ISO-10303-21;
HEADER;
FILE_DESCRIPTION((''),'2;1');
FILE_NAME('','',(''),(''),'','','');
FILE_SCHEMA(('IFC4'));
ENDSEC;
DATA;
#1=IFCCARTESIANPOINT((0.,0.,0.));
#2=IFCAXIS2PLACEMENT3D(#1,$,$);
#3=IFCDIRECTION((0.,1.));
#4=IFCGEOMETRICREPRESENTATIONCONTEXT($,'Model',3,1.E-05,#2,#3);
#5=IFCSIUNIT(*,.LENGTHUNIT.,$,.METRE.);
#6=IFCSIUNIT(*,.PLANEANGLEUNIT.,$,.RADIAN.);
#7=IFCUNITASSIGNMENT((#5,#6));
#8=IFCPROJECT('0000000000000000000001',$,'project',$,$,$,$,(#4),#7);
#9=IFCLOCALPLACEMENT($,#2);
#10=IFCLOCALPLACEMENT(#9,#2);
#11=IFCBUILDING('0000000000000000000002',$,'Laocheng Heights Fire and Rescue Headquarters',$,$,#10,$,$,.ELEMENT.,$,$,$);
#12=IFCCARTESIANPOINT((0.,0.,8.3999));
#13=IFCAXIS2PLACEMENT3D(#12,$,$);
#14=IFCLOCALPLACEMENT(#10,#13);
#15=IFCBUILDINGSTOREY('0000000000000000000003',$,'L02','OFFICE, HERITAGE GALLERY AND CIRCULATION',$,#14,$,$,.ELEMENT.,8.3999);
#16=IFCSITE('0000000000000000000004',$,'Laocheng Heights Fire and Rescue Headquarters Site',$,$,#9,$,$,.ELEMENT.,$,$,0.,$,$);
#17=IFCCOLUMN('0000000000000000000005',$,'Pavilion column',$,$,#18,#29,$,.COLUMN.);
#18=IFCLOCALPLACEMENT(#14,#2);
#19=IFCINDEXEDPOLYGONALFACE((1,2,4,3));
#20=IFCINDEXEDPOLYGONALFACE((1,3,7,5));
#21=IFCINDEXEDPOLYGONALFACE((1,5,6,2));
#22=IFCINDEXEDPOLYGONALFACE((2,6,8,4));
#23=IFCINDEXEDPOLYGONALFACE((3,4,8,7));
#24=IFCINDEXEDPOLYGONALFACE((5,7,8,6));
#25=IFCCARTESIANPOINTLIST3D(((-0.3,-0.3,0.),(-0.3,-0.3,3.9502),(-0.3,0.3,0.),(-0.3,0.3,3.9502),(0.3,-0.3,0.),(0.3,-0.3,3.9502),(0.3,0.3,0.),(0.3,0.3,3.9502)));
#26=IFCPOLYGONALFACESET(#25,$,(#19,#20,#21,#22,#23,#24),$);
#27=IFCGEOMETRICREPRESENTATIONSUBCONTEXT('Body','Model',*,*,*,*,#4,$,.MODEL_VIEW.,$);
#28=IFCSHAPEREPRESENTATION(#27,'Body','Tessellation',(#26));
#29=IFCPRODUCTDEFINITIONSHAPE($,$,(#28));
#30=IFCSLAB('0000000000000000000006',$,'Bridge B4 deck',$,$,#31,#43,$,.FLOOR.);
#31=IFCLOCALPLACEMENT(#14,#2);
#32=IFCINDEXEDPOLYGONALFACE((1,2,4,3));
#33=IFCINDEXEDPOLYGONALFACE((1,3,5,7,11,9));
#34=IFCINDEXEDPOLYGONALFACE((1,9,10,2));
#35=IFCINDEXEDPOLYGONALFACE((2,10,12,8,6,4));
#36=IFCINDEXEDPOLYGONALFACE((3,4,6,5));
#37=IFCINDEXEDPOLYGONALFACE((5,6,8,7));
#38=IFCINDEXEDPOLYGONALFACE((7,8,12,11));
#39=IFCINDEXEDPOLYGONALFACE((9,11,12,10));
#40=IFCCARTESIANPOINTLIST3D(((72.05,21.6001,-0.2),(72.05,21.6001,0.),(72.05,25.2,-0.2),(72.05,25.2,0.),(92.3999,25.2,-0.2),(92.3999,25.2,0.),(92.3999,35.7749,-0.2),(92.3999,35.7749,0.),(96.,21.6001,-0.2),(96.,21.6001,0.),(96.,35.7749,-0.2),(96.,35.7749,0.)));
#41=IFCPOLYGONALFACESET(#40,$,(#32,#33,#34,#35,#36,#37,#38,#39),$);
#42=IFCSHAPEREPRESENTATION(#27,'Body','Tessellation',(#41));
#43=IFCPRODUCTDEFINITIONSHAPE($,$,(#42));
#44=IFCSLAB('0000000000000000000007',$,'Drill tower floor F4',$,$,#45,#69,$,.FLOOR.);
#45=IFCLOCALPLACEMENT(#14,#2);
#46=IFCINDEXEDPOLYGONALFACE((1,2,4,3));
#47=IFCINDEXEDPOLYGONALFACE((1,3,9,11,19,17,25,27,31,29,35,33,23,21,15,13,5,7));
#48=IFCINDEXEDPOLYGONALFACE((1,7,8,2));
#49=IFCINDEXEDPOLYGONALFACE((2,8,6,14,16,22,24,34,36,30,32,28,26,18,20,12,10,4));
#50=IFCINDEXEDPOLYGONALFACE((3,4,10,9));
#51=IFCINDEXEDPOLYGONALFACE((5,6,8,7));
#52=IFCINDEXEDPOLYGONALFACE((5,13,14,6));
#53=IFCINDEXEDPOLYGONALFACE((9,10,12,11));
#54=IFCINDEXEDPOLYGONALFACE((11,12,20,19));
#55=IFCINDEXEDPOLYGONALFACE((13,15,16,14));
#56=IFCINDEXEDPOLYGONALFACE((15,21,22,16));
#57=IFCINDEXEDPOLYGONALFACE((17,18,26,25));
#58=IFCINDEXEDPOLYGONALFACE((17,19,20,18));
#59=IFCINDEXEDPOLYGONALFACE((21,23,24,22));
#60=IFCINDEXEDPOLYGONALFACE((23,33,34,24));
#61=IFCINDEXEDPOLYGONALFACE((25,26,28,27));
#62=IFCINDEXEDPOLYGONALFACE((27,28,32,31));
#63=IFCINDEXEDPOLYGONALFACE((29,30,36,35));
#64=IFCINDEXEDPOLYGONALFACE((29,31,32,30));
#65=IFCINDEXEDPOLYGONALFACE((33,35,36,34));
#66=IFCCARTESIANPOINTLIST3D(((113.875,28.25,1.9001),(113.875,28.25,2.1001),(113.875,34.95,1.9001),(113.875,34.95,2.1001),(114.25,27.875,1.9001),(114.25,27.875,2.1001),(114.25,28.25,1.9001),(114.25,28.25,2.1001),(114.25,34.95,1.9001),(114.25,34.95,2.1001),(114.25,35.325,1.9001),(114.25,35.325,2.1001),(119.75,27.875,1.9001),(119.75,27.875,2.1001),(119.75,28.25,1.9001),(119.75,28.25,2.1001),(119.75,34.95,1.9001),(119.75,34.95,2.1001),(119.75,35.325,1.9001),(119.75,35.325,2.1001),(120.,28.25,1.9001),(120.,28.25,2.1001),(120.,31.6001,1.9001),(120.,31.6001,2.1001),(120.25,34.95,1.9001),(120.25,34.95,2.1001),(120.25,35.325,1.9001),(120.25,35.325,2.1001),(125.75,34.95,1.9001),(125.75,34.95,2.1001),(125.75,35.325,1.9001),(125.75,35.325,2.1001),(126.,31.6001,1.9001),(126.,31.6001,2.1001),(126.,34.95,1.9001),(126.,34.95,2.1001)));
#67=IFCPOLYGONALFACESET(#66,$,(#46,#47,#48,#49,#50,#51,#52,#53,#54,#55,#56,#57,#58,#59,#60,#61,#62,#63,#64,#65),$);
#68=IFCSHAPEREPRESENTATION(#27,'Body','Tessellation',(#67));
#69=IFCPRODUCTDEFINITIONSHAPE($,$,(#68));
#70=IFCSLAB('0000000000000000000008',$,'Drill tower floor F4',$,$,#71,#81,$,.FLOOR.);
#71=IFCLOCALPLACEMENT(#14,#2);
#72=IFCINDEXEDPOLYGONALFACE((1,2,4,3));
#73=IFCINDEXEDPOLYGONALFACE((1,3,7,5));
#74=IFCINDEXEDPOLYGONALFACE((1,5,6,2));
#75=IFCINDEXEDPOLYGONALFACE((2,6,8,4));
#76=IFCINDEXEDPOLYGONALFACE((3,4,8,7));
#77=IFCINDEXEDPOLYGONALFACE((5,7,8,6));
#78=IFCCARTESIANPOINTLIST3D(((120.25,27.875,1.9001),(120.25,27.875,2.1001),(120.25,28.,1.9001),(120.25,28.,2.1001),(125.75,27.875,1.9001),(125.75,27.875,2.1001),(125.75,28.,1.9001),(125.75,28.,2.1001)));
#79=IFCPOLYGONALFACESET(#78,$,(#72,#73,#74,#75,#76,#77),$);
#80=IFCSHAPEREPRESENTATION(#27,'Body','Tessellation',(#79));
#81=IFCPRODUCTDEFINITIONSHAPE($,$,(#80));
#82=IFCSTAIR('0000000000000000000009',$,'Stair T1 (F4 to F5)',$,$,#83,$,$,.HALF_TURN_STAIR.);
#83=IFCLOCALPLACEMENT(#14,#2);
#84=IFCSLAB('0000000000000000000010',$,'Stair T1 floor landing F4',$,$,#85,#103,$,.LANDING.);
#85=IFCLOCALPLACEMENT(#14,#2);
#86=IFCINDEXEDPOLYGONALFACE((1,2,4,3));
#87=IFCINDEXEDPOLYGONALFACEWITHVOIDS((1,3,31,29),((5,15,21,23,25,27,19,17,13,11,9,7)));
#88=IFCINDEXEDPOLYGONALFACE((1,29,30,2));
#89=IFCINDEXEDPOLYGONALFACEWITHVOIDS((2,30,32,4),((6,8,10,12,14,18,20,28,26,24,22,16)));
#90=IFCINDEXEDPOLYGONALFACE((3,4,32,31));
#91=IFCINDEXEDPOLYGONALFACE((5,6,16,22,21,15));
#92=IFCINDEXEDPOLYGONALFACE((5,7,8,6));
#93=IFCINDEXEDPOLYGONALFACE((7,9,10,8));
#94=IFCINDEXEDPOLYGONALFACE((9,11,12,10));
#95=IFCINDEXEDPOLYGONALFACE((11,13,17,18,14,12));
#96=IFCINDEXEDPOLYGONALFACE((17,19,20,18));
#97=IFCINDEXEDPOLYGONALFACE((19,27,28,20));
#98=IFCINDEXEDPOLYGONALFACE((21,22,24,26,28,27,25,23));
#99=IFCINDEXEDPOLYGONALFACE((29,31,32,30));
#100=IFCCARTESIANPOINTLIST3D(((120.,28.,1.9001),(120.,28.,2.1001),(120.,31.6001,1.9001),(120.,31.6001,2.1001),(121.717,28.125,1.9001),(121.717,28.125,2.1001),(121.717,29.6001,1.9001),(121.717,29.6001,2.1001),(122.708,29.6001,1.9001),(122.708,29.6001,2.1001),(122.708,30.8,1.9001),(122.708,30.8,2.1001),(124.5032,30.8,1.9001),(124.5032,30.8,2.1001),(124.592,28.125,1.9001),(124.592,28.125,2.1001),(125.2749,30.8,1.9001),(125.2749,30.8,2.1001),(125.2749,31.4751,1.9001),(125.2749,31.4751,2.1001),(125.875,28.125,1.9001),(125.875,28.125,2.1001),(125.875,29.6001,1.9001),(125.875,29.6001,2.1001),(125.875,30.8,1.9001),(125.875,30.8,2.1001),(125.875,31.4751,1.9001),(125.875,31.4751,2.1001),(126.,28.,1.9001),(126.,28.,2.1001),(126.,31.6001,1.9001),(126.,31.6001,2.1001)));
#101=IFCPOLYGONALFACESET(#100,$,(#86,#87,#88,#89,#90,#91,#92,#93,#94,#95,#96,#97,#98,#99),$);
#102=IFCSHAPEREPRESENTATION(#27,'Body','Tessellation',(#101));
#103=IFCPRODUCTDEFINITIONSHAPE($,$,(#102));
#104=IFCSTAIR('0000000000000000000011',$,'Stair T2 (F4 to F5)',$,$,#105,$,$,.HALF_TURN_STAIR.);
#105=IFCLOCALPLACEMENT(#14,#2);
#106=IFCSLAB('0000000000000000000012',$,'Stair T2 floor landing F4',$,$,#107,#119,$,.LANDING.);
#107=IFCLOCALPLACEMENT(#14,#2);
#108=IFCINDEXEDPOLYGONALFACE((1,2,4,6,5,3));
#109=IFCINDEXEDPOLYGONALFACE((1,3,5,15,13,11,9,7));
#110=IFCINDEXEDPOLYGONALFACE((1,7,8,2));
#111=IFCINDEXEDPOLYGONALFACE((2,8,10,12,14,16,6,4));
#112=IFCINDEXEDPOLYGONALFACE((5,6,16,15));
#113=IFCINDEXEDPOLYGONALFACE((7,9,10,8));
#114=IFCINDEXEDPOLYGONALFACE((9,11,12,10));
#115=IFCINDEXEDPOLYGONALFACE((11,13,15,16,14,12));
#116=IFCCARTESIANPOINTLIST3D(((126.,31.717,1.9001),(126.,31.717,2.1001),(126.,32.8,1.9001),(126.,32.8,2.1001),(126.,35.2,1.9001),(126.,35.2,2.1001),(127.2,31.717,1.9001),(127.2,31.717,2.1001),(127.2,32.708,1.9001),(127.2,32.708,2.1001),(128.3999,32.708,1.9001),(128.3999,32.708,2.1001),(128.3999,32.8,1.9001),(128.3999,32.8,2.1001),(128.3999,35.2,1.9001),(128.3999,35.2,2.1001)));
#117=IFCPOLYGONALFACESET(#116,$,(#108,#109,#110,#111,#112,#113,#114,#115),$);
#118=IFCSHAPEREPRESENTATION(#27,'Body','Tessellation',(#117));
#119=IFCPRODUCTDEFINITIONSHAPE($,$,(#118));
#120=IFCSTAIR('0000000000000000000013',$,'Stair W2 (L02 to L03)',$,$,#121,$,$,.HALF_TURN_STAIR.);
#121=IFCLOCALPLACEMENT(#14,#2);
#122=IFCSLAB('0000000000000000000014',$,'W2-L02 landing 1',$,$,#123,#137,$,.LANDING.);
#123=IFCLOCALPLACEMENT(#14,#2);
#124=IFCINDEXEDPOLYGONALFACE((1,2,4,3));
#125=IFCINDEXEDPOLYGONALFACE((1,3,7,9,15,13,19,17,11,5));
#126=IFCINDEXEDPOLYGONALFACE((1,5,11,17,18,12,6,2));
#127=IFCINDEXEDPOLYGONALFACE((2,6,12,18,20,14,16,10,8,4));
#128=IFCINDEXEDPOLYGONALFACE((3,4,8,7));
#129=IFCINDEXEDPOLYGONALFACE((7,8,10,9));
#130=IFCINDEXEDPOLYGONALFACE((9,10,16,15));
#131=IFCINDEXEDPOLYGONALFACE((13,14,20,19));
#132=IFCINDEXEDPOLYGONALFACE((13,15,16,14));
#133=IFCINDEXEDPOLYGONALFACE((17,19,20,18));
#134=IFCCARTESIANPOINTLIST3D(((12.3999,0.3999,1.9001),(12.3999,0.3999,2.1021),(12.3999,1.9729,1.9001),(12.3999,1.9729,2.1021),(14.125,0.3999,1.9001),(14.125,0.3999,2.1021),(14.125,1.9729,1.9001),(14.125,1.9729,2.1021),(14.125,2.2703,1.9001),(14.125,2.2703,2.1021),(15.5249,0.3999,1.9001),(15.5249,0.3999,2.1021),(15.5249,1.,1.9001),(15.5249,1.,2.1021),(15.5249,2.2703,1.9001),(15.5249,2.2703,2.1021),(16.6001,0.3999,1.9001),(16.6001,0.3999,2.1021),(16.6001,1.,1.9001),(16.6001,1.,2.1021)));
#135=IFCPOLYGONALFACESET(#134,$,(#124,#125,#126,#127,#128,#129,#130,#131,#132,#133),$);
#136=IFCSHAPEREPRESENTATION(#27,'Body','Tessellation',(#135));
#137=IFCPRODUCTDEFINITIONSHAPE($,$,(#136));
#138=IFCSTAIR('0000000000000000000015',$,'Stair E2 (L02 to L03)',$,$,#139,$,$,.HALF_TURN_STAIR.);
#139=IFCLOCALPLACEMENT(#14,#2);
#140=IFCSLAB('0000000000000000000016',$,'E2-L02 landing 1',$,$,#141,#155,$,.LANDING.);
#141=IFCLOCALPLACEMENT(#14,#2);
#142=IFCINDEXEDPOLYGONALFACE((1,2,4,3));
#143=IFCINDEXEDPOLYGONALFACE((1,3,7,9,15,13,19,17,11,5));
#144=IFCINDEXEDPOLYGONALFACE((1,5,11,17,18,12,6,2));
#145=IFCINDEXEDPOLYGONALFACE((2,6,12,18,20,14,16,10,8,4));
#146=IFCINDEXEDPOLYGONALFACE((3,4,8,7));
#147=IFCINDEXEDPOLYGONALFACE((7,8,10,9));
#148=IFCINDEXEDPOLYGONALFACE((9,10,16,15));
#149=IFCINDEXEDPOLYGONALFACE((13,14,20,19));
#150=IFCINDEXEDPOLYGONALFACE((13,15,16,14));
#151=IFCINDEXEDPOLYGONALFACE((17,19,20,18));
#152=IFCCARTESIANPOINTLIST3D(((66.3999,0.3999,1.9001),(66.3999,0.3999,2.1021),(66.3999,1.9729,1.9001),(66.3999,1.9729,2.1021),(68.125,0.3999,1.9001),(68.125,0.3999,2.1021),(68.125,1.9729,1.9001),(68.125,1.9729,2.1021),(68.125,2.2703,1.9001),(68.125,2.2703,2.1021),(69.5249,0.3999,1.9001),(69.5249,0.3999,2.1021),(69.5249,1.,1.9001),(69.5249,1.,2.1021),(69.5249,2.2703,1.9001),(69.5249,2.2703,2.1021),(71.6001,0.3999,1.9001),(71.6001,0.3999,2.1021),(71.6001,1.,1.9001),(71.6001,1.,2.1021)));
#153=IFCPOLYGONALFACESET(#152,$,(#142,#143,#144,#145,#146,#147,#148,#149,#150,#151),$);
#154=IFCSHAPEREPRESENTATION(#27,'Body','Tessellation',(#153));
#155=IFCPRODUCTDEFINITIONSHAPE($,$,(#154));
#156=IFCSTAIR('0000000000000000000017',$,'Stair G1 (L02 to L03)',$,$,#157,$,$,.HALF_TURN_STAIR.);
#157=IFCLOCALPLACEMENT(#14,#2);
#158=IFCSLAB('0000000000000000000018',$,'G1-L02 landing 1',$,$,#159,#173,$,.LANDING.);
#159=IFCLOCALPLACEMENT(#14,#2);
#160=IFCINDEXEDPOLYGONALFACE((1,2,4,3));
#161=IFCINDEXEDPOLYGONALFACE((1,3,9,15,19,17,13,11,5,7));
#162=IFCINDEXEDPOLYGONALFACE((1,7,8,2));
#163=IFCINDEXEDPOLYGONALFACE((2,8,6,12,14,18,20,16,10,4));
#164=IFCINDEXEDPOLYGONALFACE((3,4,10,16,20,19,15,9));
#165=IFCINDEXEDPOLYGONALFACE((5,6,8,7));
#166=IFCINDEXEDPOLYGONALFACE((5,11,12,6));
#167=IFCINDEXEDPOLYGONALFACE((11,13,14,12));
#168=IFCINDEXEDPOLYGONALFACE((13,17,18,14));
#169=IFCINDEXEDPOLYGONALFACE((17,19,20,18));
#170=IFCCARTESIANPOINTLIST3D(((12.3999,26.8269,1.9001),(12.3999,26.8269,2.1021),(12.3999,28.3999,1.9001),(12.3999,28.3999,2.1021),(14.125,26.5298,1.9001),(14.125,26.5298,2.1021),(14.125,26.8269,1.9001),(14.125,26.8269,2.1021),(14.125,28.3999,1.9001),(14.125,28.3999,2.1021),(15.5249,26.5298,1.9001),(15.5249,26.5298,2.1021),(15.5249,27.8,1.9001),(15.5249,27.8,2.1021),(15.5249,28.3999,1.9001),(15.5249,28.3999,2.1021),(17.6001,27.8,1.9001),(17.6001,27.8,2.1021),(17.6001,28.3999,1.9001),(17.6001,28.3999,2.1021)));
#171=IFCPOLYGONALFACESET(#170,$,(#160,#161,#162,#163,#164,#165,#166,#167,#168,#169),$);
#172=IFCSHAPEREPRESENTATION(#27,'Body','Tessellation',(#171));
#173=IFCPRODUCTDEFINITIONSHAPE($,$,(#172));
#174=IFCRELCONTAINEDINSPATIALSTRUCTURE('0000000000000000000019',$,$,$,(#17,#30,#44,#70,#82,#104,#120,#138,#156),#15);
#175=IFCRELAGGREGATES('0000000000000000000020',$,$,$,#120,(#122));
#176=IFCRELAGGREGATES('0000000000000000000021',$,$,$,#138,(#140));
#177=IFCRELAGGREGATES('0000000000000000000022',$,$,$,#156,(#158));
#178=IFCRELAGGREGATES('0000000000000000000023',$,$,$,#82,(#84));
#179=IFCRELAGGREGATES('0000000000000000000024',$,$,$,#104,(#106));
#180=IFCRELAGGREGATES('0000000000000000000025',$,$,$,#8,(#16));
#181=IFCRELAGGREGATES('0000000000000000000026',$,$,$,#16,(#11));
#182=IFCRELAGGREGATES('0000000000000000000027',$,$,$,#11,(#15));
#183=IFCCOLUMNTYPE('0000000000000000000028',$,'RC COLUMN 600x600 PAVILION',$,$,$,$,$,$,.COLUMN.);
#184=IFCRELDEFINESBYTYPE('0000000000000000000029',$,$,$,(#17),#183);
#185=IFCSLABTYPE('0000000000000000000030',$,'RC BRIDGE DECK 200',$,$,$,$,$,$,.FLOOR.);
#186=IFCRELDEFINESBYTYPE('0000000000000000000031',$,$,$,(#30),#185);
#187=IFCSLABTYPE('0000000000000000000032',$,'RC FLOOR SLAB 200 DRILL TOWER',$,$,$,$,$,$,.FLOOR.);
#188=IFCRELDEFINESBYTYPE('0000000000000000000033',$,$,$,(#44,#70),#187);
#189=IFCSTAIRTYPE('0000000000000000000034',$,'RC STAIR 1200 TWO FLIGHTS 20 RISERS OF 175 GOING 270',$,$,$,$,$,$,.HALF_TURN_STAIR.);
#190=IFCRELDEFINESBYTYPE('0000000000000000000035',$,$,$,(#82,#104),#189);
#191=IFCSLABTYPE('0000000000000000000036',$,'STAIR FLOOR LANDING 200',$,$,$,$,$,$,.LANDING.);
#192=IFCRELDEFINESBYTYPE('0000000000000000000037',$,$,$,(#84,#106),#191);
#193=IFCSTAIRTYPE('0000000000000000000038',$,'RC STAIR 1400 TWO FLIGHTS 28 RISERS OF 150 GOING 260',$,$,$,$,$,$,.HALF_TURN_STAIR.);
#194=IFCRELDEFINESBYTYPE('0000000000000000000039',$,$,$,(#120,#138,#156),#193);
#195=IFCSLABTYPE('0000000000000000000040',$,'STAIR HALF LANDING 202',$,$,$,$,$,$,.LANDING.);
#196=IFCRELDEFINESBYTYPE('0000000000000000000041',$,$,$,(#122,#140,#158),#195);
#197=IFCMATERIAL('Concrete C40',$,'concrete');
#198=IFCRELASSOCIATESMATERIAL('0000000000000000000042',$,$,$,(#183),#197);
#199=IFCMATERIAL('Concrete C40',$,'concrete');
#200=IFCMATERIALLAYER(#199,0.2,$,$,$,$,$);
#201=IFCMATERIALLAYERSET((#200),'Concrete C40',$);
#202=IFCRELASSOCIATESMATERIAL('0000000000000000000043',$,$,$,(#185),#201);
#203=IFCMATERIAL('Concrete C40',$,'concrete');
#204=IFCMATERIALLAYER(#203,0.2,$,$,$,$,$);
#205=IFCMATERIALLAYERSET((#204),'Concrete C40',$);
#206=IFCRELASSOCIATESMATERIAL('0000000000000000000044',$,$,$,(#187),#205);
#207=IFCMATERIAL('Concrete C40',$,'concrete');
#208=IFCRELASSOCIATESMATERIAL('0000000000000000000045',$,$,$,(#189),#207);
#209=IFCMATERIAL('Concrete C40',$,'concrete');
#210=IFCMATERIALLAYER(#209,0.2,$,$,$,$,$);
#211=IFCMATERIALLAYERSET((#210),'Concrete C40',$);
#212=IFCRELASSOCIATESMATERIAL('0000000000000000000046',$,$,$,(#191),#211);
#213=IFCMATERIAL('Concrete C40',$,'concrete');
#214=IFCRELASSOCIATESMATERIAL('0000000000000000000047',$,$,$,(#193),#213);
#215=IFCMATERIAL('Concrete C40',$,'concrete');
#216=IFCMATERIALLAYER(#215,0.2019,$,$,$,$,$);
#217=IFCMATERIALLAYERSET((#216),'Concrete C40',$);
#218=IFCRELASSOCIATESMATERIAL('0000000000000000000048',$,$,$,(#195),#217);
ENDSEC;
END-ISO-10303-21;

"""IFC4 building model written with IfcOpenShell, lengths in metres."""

from ifc_helpers import new_model, si_unit, direction, frame, origin, origin_with_axes, origin_2d, place, context, subcontext, project, spatial, polyline, rectangle, outline, extrude, material, layer, layer_set, material_profile, profile_set, type_object, element, aggregate, save


model = new_model("IFC4")

# Units and contexts
model_context = context("Model", 3, precision=1e-05, world=origin(), true_north=direction((0.0, 1.0)))
body_context = subcontext(model_context, "Body", "Model", "MODEL_VIEW")
ifc_project = project(units=[si_unit("LENGTHUNIT", "METRE"), si_unit("PLANEANGLEUNIT", "RADIAN")], contexts=[model_context])

# Site, building, storey
site_placement = place(None, origin())
site = spatial("IfcSite", under=ifc_project, at=site_placement, Name="Laocheng Heights Fire and Rescue Headquarters Site", CompositionType="ELEMENT", RefElevation=0.0)
building_placement = place(site_placement, origin())
building = spatial("IfcBuilding", under=site, at=building_placement, Name="Laocheng Heights Fire and Rescue Headquarters", CompositionType="ELEMENT")
storey_placement = place(building_placement, frame((0.0, 0.0, 8.3999)))
storey = spatial("IfcBuildingStorey", under=building, at=storey_placement, Name="L02", Description="OFFICE, HERITAGE GALLERY AND CIRCULATION", CompositionType="ELEMENT", Elevation=8.3999)

# Column
ifc_material_1 = material(Name="Concrete C40", Category="concrete")
ifc_material_profile = material_profile(ifc_material_1, rectangle(XDim=0.6001, YDim=0.6001, at=origin_2d()), Name="RC COLUMN 600x600 PAVILION")
ifc_profile_set = profile_set([ifc_material_profile], Name="Concrete C40")
column_type = type_object("IfcColumnType", Name="RC COLUMN 600x600 PAVILION", PredefinedType="COLUMN", material=ifc_profile_set)
column_placement = place(storey_placement, origin_with_axes())
element("IfcColumn", 1, at=column_placement, inside=storey, type_object=column_type, Name="Pavilion column", PredefinedType="COLUMN", context=body_context, shape_type="SweptSolid", body=[
    extrude(rectangle(XDim=0.6001, YDim=0.6001, at=origin_2d()), origin(), (0.0, 0.0, 1.0), 3.9502),
])

# Slabs
ifc_material_2 = material(Name="Concrete C40", Category="concrete")
ifc_layer_1 = layer(ifc_material_2, 0.2)
ifc_layer_set_1 = layer_set([ifc_layer_1], Name="Concrete C40")
slab_type_1 = type_object("IfcSlabType", Name="RC BRIDGE DECK 200", PredefinedType="FLOOR", material=ifc_layer_set_1)
slab_1_placement = place(storey_placement, frame((0.0, 0.0, -0.2)))
element("IfcSlab", 2, at=slab_1_placement, inside=storey, type_object=slab_type_1, Name="Bridge B4 deck", PredefinedType="FLOOR", context=body_context, shape_type="SweptSolid", body=[
    extrude(outline(polyline([(96.0, 21.6001), (96.0, 35.7749), (92.3999, 35.7749), (92.3999, 25.2), (72.05, 25.2), (72.05, 21.6001), (96.0, 21.6001)])), origin(), (0.0, 0.0, 1.0), 0.2),
])
ifc_material_3 = material(Name="Concrete C40", Category="concrete")
ifc_layer_2 = layer(ifc_material_3, 0.2)
ifc_layer_set_2 = layer_set([ifc_layer_2], Name="Concrete C40")
slab_type_2 = type_object("IfcSlabType", Name="RC FLOOR SLAB 200 DRILL TOWER", PredefinedType="FLOOR", material=ifc_layer_set_2)
slab_2_placement = place(storey_placement, frame((0.0, 0.0, 1.9001)))
element("IfcSlab", 3, at=slab_2_placement, inside=storey, type_object=slab_type_2, Name="Drill tower floor F4", PredefinedType="FLOOR", context=body_context, shape_type="SweptSolid", body=[
    extrude(outline(polyline([(126.0, 31.6001), (126.0, 34.95), (125.75, 34.95), (125.75, 35.325), (120.25, 35.325), (120.25, 34.95), (119.75, 34.95), (119.75, 35.325), (114.25, 35.325), (114.25, 34.95), (113.875, 34.95), (113.875, 28.25), (114.25, 28.25), (114.25, 27.875), (119.75, 27.875), (119.75, 28.25), (120.0, 28.25), (120.0, 31.6001), (126.0, 31.6001)])), origin(), (0.0, 0.0, 1.0), 0.2),
])
slab_3_placement = place(storey_placement, frame((0.0, 0.0, 1.9001)))
element("IfcSlab", 4, at=slab_3_placement, inside=storey, type_object=slab_type_2, Name="Drill tower floor F4", PredefinedType="FLOOR", context=body_context, shape_type="SweptSolid", body=[
    extrude(outline(polyline([(120.25, 27.875), (125.75, 27.875), (125.75, 28.0), (120.25, 28.0), (120.25, 27.875)])), origin(), (0.0, 0.0, 1.0), 0.2),
])

# Stairs, slabs
ifc_material_4 = material(Name="Concrete C40", Category="concrete")
stair_type_1 = type_object("IfcStairType", Name="RC STAIR 1200 TWO FLIGHTS 20 RISERS OF 175 GOING 270", PredefinedType="HALF_TURN_STAIR", material=ifc_material_4)
stair_1_placement = place(storey_placement, origin())
stair_1 = element("IfcStair", 5, at=stair_1_placement, inside=storey, type_object=stair_type_1, Name="Stair T1 (F4 to F5)", PredefinedType="HALF_TURN_STAIR")
ifc_material_5 = material(Name="Concrete C40", Category="concrete")
ifc_layer_3 = layer(ifc_material_5, 0.2)
ifc_layer_set_3 = layer_set([ifc_layer_3], Name="Concrete C40")
slab_type_3 = type_object("IfcSlabType", Name="STAIR FLOOR LANDING 200", PredefinedType="LANDING", material=ifc_layer_set_3)
slab_4_placement = place(storey_placement, frame((0.0, 0.0, 1.9001)))
slab_4 = element("IfcSlab", 6, at=slab_4_placement, type_object=slab_type_3, Name="Stair T1 floor landing F4", PredefinedType="LANDING", context=body_context, shape_type="SweptSolid", body=[
    extrude(outline(polyline([(120.0, 31.6001), (126.0, 31.6001), (126.0, 28.0), (120.0, 28.0), (120.0, 31.6001)]), holes=[polyline([(121.717, 29.6001), (121.717, 28.125), (124.592, 28.125), (125.875, 28.125), (125.875, 29.6001), (125.875, 30.8), (125.875, 31.4751), (125.2749, 31.4751), (125.2749, 30.8), (124.5032, 30.8), (122.708, 30.8), (122.708, 29.6001), (121.717, 29.6001)])]), origin(), (0.0, 0.0, 1.0), 0.2),
])
stair_2_placement = place(storey_placement, origin())
stair_2 = element("IfcStair", 7, at=stair_2_placement, inside=storey, type_object=stair_type_1, Name="Stair T2 (F4 to F5)", PredefinedType="HALF_TURN_STAIR")
slab_5_placement = place(storey_placement, frame((0.0, 0.0, 1.9001)))
slab_5 = element("IfcSlab", 8, at=slab_5_placement, type_object=slab_type_3, Name="Stair T2 floor landing F4", PredefinedType="LANDING", context=body_context, shape_type="SweptSolid", body=[
    extrude(outline(polyline([(126.0, 31.717), (127.2, 31.717), (127.2, 32.708), (128.3999, 32.708), (128.3999, 32.8), (128.3999, 35.2), (126.0, 35.2), (126.0, 32.8), (126.0, 32.8), (126.0, 31.717)])), origin(), (0.0, 0.0, 1.0), 0.2),
])
ifc_material_6 = material(Name="Concrete C40", Category="concrete")
stair_type_2 = type_object("IfcStairType", Name="RC STAIR 1400 TWO FLIGHTS 28 RISERS OF 150 GOING 260", PredefinedType="HALF_TURN_STAIR", material=ifc_material_6)
stair_3_placement = place(storey_placement, origin())
stair_3 = element("IfcStair", 9, at=stair_3_placement, inside=storey, type_object=stair_type_2, Name="Stair W2 (L02 to L03)", PredefinedType="HALF_TURN_STAIR")
ifc_material_7 = material(Name="Concrete C40", Category="concrete")
ifc_layer_4 = layer(ifc_material_7, 0.2019)
ifc_layer_set_4 = layer_set([ifc_layer_4], Name="Concrete C40")
slab_type_4 = type_object("IfcSlabType", Name="STAIR HALF LANDING 202", PredefinedType="LANDING", material=ifc_layer_set_4)
slab_6_placement = place(storey_placement, frame((0.0, 0.0, 1.9001)))
slab_6 = element("IfcSlab", 10, at=slab_6_placement, type_object=slab_type_4, Name="W2-L02 landing 1", PredefinedType="LANDING", context=body_context, shape_type="SweptSolid", body=[
    extrude(outline(polyline([(16.6001, 1.0), (16.6001, 0.3999), (15.5249, 0.3999), (14.125, 0.3999), (12.3999, 0.3999), (12.3999, 1.9729), (14.125, 1.9729), (14.125, 2.2703), (15.5249, 2.2703), (15.5249, 1.0), (16.6001, 1.0)])), origin(), (0.0, 0.0, 1.0), 0.2019),
])
aggregate(stair_3, [slab_6])
stair_4_placement = place(storey_placement, origin())
stair_4 = element("IfcStair", 11, at=stair_4_placement, inside=storey, type_object=stair_type_2, Name="Stair E2 (L02 to L03)", PredefinedType="HALF_TURN_STAIR")
slab_7_placement = place(storey_placement, frame((0.0, 0.0, 1.9001)))
slab_7 = element("IfcSlab", 12, at=slab_7_placement, type_object=slab_type_4, Name="E2-L02 landing 1", PredefinedType="LANDING", context=body_context, shape_type="SweptSolid", body=[
    extrude(outline(polyline([(71.6001, 1.0), (71.6001, 0.3999), (69.5249, 0.3999), (68.125, 0.3999), (66.3999, 0.3999), (66.3999, 1.9729), (68.125, 1.9729), (68.125, 2.2703), (69.5249, 2.2703), (69.5249, 1.0), (71.6001, 1.0)])), origin(), (0.0, 0.0, 1.0), 0.2019),
])
aggregate(stair_4, [slab_7])
stair_5_placement = place(storey_placement, origin())
stair_5 = element("IfcStair", 13, at=stair_5_placement, inside=storey, type_object=stair_type_2, Name="Stair G1 (L02 to L03)", PredefinedType="HALF_TURN_STAIR")
slab_8_placement = place(storey_placement, frame((0.0, 0.0, 1.9001)))
slab_8 = element("IfcSlab", 14, at=slab_8_placement, type_object=slab_type_4, Name="G1-L02 landing 1", PredefinedType="LANDING", context=body_context, shape_type="SweptSolid", body=[
    extrude(outline(polyline([(17.6001, 27.8), (17.6001, 28.3999), (15.5249, 28.3999), (14.125, 28.3999), (12.3999, 28.3999), (12.3999, 26.8269), (14.125, 26.8269), (14.125, 26.5298), (15.5249, 26.5298), (15.5249, 27.8), (17.6001, 27.8)])), origin(), (0.0, 0.0, 1.0), 0.2019),
])
aggregate(stair_5, [slab_8])

aggregate(stair_1, [slab_4])
aggregate(stair_2, [slab_5])

save(model, "model.ifc")
